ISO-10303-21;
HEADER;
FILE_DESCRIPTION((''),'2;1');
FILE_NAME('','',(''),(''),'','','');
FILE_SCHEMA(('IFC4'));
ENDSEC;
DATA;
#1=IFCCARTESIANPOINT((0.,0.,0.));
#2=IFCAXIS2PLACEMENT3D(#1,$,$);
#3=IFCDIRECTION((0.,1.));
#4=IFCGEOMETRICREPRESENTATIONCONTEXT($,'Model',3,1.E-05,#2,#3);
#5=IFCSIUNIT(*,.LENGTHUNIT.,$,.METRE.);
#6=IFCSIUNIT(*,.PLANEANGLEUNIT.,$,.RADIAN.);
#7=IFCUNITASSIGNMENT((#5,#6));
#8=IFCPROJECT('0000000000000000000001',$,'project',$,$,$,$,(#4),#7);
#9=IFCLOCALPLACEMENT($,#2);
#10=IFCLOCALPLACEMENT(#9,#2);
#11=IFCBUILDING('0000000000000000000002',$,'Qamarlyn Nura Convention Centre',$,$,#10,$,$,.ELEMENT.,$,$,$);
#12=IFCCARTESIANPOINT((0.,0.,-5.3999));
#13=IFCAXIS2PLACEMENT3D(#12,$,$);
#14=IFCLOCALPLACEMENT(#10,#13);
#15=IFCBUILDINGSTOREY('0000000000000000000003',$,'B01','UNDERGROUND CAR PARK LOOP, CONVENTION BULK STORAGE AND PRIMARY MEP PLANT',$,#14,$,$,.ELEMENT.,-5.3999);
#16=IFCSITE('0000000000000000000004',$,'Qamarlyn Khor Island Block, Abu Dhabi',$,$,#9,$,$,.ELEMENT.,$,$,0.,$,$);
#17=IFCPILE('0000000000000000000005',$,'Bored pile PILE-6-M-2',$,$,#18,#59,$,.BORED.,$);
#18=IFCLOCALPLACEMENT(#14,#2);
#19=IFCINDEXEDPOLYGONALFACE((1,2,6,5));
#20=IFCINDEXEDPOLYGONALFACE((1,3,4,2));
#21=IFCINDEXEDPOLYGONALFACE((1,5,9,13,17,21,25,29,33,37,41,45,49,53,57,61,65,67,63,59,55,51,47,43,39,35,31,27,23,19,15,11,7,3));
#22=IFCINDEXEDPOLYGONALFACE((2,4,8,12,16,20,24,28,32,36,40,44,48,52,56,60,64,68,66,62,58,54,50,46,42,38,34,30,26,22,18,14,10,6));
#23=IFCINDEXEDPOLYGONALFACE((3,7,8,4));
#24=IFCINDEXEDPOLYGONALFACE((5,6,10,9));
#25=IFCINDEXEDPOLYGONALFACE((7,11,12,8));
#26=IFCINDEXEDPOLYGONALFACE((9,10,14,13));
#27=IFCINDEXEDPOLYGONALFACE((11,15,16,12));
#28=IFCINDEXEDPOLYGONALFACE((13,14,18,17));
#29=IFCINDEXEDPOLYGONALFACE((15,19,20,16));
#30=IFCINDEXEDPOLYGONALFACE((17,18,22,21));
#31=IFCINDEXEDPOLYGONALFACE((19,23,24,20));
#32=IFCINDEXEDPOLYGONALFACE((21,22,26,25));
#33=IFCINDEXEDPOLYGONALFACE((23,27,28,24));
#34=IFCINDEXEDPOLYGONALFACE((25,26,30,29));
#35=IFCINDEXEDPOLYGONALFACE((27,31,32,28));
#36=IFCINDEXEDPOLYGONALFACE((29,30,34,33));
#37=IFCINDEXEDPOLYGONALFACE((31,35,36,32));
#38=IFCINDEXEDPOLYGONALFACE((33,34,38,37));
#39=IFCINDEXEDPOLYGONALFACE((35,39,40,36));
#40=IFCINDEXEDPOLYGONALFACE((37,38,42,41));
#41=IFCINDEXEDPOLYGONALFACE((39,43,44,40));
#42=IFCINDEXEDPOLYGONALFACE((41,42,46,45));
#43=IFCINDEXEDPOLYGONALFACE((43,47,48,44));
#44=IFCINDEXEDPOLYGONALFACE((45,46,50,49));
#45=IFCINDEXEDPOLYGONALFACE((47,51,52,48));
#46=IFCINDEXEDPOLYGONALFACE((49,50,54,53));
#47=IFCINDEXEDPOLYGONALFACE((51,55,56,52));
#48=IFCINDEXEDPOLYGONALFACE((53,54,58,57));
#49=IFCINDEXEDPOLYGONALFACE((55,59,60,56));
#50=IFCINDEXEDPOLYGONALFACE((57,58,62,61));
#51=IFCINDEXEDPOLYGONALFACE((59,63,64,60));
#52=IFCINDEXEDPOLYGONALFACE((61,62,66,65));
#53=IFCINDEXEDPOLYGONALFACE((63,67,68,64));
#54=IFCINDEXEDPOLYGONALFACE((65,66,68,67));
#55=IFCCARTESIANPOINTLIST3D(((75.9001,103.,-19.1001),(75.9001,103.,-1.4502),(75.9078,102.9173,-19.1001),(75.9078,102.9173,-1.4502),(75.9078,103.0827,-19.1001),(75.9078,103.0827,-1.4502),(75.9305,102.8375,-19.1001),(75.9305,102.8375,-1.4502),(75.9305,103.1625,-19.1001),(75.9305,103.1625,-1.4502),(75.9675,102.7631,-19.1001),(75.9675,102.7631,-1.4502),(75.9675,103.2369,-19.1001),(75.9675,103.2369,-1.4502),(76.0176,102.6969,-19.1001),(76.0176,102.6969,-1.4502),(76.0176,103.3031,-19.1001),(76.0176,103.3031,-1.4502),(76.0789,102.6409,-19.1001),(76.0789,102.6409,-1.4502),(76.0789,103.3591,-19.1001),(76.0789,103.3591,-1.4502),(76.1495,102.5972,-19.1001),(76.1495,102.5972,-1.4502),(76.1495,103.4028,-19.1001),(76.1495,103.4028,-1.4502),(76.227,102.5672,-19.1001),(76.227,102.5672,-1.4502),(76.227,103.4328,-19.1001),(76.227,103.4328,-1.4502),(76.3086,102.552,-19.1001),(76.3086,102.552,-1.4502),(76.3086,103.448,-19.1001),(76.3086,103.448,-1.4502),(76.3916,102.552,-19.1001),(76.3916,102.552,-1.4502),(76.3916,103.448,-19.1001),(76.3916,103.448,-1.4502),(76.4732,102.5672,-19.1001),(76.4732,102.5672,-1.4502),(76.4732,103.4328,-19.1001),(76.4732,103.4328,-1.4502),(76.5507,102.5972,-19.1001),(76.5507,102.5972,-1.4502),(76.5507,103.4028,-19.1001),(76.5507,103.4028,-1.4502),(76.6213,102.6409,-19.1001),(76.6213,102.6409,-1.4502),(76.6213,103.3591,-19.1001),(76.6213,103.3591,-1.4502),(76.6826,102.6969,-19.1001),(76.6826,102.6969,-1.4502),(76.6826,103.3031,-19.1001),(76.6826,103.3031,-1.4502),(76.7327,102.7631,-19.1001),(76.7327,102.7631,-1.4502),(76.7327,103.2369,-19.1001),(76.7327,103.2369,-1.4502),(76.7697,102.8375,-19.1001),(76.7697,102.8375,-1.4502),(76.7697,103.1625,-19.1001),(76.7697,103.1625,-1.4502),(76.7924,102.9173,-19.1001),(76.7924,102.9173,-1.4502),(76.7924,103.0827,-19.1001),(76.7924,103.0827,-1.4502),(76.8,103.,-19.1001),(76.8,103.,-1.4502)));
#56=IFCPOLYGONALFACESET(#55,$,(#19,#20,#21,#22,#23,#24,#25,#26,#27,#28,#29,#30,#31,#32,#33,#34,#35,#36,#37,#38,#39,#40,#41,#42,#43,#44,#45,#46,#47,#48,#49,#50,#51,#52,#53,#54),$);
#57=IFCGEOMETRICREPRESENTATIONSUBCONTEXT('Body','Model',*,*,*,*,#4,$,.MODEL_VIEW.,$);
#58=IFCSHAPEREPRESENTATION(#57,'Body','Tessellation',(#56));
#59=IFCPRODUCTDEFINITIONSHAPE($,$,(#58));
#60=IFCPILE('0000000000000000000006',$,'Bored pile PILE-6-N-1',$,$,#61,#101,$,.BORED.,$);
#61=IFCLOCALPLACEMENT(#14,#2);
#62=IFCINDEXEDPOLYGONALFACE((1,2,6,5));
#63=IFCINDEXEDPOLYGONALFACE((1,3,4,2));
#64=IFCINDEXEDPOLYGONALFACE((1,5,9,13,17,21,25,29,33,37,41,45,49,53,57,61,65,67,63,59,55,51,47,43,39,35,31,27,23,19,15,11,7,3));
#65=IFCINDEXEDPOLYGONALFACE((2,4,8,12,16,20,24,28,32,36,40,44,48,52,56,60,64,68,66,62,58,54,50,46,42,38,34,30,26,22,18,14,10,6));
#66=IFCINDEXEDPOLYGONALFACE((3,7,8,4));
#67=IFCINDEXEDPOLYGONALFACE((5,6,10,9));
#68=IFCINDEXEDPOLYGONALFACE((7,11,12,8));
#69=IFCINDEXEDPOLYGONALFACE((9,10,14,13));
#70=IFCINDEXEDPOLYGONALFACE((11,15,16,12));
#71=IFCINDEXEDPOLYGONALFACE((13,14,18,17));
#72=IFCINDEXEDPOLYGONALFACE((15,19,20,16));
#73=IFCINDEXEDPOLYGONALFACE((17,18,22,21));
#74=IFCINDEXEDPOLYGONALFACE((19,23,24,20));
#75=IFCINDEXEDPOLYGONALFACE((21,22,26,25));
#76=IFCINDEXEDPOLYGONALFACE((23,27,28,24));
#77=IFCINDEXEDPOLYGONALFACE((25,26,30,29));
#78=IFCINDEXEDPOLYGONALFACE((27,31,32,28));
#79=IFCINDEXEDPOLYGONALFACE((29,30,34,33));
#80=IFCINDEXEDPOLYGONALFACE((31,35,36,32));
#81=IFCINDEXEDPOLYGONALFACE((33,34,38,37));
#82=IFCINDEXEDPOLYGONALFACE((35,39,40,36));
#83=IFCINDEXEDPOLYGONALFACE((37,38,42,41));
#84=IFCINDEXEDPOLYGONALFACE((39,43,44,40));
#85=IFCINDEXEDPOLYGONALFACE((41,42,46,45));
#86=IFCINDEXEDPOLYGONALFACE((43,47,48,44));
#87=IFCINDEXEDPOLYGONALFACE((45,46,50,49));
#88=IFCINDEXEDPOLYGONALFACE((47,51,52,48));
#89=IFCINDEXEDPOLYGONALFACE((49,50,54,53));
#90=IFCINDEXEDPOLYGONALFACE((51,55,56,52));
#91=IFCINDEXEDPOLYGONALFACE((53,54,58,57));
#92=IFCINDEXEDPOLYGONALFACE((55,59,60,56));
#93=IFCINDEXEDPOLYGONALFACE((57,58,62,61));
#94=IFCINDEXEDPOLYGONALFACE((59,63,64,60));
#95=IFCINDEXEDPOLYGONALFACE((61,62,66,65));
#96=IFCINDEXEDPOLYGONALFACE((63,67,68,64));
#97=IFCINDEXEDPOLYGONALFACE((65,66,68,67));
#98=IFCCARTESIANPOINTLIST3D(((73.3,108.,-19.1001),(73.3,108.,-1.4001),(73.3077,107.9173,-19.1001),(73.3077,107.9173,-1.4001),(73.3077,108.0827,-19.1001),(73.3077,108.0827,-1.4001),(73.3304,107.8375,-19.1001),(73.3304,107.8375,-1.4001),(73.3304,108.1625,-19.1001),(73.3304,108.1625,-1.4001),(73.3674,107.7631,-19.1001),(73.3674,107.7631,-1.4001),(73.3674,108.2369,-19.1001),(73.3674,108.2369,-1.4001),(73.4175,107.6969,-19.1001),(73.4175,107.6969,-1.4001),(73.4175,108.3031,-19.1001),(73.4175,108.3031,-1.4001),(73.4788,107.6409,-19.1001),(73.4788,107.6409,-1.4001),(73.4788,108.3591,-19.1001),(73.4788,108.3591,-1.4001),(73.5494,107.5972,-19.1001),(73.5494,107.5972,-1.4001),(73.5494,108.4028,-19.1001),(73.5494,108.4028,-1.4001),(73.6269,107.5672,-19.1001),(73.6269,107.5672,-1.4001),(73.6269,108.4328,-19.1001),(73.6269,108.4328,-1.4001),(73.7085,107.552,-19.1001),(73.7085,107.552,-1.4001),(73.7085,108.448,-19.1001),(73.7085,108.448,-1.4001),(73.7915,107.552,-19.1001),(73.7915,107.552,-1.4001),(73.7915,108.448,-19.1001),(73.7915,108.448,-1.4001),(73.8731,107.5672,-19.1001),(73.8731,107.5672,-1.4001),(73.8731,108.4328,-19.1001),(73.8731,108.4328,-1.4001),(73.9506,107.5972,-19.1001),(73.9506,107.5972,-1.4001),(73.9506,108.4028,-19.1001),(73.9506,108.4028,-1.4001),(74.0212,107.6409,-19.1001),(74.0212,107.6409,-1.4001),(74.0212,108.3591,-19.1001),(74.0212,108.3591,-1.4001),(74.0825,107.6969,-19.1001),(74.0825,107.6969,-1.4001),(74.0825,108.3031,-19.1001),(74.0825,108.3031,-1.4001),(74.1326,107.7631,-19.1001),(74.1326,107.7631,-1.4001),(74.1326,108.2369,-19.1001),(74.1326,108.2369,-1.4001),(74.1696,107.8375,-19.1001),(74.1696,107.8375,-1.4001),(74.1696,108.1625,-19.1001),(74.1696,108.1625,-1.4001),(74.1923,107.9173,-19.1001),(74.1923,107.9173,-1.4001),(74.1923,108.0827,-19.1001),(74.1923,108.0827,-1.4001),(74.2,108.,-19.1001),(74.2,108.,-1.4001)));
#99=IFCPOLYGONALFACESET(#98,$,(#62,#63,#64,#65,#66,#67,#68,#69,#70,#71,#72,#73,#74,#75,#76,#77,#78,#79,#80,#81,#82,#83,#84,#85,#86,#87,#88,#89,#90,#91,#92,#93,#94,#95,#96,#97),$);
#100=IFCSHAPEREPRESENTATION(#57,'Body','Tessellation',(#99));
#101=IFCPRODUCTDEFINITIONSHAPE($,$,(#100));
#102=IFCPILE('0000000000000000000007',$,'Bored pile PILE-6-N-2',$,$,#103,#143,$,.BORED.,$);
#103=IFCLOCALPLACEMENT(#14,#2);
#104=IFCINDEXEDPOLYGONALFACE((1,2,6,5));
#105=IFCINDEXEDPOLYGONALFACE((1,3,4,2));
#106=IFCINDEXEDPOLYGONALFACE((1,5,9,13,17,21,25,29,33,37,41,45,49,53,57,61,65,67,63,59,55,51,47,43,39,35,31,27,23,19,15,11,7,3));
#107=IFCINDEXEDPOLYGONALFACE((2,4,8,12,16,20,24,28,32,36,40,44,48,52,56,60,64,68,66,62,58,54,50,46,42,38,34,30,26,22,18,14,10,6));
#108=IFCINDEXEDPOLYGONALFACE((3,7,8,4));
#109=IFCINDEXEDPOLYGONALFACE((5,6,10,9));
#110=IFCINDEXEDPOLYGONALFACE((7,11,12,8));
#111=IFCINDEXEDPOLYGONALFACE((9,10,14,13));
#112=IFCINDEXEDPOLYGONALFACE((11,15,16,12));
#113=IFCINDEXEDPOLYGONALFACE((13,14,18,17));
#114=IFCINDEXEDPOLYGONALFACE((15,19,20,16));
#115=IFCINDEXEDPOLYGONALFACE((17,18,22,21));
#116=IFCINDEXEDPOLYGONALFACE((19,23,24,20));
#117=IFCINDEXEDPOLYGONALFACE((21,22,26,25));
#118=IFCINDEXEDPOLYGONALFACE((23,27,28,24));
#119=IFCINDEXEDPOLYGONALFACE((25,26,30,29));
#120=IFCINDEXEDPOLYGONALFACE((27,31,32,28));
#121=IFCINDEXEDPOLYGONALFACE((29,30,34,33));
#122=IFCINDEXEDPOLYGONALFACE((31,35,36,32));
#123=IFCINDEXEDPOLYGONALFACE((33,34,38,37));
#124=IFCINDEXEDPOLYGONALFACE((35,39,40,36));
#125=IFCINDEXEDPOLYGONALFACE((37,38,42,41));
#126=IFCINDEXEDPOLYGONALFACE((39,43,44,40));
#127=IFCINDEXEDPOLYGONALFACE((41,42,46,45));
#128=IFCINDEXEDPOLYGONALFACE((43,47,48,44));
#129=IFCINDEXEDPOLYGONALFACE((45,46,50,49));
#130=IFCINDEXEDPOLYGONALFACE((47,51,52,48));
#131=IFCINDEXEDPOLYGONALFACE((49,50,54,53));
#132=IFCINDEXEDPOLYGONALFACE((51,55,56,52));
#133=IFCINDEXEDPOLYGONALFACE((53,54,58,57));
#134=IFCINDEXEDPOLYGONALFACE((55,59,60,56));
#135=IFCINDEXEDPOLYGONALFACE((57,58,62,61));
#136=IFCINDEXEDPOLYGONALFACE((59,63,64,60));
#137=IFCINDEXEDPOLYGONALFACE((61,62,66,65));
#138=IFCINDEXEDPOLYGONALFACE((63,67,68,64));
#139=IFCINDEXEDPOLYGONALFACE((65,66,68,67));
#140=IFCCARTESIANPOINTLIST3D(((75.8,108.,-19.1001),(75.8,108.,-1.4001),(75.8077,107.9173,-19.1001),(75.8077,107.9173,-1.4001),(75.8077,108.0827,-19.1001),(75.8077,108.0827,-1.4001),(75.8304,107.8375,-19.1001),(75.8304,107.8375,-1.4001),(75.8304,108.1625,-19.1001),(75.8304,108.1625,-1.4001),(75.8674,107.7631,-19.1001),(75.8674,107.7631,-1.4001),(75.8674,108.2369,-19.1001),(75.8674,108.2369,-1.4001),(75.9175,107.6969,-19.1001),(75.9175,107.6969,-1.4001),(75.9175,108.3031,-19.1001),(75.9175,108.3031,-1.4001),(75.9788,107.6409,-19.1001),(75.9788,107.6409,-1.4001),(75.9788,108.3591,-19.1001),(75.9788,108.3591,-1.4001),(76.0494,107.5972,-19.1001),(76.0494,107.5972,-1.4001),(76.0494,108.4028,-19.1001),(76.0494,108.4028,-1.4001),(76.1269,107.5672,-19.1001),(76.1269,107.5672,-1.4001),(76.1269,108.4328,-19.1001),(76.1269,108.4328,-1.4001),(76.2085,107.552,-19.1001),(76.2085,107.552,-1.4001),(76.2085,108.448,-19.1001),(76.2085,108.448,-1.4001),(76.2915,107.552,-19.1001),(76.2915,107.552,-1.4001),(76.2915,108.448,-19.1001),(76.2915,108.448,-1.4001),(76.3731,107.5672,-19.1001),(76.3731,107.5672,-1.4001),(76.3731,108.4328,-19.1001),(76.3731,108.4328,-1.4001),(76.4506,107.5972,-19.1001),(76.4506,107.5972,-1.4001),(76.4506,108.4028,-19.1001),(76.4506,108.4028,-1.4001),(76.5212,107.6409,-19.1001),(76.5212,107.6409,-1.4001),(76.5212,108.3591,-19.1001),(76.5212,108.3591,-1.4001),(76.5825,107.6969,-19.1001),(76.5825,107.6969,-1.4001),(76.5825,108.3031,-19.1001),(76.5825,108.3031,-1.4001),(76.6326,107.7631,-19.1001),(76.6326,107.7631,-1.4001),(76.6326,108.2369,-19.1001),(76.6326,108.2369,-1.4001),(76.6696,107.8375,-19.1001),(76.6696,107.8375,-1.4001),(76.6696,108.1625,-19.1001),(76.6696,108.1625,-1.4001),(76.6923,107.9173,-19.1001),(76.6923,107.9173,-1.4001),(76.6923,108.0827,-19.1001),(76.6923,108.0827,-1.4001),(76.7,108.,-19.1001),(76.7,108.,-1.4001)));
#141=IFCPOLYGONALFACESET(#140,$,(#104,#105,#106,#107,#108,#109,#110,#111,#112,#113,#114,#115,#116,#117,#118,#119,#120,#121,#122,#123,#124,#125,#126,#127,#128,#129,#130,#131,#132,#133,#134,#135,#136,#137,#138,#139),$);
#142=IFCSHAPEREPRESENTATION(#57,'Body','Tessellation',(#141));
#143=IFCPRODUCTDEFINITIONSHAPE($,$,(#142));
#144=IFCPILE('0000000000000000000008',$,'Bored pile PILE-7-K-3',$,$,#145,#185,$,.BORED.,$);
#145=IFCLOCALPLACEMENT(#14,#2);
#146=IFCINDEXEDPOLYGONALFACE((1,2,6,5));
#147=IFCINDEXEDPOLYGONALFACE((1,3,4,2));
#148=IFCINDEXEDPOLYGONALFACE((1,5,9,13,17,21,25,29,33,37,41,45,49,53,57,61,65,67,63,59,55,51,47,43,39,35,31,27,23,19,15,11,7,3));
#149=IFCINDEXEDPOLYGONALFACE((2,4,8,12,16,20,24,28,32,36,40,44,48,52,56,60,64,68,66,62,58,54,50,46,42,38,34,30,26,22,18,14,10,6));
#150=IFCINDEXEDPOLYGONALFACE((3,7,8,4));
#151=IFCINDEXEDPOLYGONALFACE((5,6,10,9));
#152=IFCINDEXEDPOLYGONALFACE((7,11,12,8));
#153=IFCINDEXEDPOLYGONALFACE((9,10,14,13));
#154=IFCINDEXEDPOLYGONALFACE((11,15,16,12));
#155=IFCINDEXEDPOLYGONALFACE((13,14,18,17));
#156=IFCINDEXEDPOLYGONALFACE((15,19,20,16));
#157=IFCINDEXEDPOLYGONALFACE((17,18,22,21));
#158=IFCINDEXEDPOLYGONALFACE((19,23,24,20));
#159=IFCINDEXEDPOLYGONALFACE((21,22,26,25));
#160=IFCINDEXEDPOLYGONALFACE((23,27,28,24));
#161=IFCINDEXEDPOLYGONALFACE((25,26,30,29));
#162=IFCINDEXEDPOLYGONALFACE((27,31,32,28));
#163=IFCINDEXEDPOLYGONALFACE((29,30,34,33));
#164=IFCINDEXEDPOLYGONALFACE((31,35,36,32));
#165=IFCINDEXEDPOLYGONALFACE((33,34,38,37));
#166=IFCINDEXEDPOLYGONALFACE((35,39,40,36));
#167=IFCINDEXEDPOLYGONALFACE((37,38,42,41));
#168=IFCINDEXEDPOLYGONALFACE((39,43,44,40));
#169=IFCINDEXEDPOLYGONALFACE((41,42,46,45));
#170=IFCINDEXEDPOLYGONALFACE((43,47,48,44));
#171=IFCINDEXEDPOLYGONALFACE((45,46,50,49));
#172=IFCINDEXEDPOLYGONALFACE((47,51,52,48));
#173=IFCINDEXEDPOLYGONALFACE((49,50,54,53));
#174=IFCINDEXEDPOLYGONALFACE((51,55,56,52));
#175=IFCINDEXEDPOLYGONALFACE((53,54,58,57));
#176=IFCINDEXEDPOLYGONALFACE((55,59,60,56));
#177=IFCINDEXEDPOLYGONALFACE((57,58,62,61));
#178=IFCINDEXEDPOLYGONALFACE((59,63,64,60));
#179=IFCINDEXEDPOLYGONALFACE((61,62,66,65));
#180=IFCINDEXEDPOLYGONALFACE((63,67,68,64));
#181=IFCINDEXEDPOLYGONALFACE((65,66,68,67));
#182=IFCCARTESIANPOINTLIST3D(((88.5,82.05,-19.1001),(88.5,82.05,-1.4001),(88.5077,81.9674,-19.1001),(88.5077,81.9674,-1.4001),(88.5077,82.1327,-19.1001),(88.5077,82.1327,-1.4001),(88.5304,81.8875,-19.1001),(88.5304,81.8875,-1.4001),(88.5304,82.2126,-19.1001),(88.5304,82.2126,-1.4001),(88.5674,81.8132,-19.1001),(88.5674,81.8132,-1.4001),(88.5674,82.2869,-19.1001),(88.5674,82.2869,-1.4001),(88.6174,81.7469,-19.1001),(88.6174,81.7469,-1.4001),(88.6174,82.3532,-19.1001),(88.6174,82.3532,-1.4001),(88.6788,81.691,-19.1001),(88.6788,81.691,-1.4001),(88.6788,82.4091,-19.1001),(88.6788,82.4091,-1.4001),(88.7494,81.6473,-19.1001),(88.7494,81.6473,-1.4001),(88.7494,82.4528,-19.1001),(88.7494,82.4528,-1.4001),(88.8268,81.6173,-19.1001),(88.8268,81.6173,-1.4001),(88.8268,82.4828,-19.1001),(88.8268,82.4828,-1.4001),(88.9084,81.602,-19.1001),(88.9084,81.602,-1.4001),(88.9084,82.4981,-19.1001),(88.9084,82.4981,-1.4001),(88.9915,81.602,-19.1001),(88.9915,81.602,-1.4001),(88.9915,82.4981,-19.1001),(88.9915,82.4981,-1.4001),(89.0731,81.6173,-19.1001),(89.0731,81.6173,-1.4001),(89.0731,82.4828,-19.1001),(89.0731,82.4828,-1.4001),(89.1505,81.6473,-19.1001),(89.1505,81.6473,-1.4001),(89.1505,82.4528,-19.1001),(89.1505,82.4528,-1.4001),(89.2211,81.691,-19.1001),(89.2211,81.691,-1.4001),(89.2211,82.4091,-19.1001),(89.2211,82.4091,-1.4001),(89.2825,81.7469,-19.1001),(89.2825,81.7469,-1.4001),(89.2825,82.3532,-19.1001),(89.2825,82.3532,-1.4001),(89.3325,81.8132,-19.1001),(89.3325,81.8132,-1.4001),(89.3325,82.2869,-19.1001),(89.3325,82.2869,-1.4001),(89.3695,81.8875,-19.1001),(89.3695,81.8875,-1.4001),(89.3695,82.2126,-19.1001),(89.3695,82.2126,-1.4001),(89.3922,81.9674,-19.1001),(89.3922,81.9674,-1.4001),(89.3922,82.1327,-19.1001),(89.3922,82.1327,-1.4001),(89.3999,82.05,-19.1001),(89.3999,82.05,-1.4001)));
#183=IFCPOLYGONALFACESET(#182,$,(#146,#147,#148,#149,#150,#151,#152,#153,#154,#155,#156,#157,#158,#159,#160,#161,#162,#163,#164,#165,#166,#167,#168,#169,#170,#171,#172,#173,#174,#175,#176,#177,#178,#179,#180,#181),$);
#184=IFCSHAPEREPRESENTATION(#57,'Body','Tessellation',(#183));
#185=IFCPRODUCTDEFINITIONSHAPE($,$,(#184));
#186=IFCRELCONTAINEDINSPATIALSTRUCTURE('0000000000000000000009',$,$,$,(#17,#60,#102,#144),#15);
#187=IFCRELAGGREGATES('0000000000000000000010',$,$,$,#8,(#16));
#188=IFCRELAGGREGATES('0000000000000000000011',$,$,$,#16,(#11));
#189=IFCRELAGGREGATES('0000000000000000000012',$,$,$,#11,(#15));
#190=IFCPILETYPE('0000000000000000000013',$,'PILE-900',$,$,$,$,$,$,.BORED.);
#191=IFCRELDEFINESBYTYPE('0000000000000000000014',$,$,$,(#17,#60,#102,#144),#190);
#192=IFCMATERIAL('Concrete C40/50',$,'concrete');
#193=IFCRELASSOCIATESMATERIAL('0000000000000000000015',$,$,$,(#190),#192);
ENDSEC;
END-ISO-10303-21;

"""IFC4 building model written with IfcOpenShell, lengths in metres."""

from ifc_helpers import new_model, si_unit, direction, frame, origin, origin_2d, place, context, subcontext, project, spatial, circle, extrude, material, material_profile, profile_set, type_object, element, save


model = new_model("IFC4")

# Units and contexts
model_context = context("Model", 3, precision=1e-05, world=origin(), true_north=direction((0.0, 1.0)))
body_context = subcontext(model_context, "Body", "Model", "MODEL_VIEW")
ifc_project = project(units=[si_unit("LENGTHUNIT", "METRE"), si_unit("PLANEANGLEUNIT", "RADIAN")], contexts=[model_context])

# Site, building, storey
site_placement = place(None, origin())
site = spatial("IfcSite", under=ifc_project, at=site_placement, Name="Qamarlyn Khor Island Block, Abu Dhabi", CompositionType="ELEMENT", RefElevation=0.0)
building_placement = place(site_placement, origin())
building = spatial("IfcBuilding", under=site, at=building_placement, Name="Qamarlyn Nura Convention Centre", CompositionType="ELEMENT")
storey_placement = place(building_placement, frame((0.0, 0.0, -5.3999)))
storey = spatial("IfcBuildingStorey", under=building, at=storey_placement, Name="B01", Description="UNDERGROUND CAR PARK LOOP, CONVENTION BULK STORAGE AND PRIMARY MEP PLANT", CompositionType="ELEMENT", Elevation=-5.3999)

# Shared definitions
ifc_material_1 = material(Name="Concrete C40/50", Category="concrete")

# Piles
ifc_material_profile_1 = material_profile(ifc_material_1, circle(Radius=0.45, at=origin_2d()), Name="BORED PILE 900")
ifc_profile_set_1 = profile_set([ifc_material_profile_1], Name="Concrete C40/50")
pile_type = type_object("IfcPileType", Name="PILE-900", PredefinedType="BORED", material=ifc_profile_set_1)
for number, where, z_axis, x_axis, name in (
    (1, (76.3501, 103.0, -1.4502), (0.0, 0.0, -1.0), (1.0, 0.0, 0.0), "Bored pile PILE-6-M-2"),
):
    element("IfcPile", number, at=place(storey_placement, frame(where, z_axis=z_axis, x_axis=x_axis)), inside=storey, type_object=pile_type, Name=name, PredefinedType="BORED", context=body_context, shape_type="SweptSolid", body=[
        extrude(circle(Radius=0.45, at=origin_2d()), origin(), (0.0, 0.0, 1.0), 17.6499),
    ])
for number, where, z_axis, x_axis, name in (
    (2, (73.75, 108.0, -1.4001), (0.0, 0.0, -1.0), (1.0, 0.0, 0.0), "Bored pile PILE-6-N-1"),
    (3, (76.25, 108.0, -1.4001), (0.0, 0.0, -1.0), (1.0, 0.0, 0.0), "Bored pile PILE-6-N-2"),
    (4, (88.95, 82.05, -1.4001), (0.0, 0.0, -1.0), (1.0, 0.0, 0.0), "Bored pile PILE-7-K-3"),
):
    element("IfcPile", number, at=place(storey_placement, frame(where, z_axis=z_axis, x_axis=x_axis)), inside=storey, type_object=pile_type, Name=name, PredefinedType="BORED", context=body_context, shape_type="SweptSolid", body=[
        extrude(circle(Radius=0.45, at=origin_2d()), origin(), (0.0, 0.0, 1.0), 17.7),
    ])

save(model, "model.ifc")
